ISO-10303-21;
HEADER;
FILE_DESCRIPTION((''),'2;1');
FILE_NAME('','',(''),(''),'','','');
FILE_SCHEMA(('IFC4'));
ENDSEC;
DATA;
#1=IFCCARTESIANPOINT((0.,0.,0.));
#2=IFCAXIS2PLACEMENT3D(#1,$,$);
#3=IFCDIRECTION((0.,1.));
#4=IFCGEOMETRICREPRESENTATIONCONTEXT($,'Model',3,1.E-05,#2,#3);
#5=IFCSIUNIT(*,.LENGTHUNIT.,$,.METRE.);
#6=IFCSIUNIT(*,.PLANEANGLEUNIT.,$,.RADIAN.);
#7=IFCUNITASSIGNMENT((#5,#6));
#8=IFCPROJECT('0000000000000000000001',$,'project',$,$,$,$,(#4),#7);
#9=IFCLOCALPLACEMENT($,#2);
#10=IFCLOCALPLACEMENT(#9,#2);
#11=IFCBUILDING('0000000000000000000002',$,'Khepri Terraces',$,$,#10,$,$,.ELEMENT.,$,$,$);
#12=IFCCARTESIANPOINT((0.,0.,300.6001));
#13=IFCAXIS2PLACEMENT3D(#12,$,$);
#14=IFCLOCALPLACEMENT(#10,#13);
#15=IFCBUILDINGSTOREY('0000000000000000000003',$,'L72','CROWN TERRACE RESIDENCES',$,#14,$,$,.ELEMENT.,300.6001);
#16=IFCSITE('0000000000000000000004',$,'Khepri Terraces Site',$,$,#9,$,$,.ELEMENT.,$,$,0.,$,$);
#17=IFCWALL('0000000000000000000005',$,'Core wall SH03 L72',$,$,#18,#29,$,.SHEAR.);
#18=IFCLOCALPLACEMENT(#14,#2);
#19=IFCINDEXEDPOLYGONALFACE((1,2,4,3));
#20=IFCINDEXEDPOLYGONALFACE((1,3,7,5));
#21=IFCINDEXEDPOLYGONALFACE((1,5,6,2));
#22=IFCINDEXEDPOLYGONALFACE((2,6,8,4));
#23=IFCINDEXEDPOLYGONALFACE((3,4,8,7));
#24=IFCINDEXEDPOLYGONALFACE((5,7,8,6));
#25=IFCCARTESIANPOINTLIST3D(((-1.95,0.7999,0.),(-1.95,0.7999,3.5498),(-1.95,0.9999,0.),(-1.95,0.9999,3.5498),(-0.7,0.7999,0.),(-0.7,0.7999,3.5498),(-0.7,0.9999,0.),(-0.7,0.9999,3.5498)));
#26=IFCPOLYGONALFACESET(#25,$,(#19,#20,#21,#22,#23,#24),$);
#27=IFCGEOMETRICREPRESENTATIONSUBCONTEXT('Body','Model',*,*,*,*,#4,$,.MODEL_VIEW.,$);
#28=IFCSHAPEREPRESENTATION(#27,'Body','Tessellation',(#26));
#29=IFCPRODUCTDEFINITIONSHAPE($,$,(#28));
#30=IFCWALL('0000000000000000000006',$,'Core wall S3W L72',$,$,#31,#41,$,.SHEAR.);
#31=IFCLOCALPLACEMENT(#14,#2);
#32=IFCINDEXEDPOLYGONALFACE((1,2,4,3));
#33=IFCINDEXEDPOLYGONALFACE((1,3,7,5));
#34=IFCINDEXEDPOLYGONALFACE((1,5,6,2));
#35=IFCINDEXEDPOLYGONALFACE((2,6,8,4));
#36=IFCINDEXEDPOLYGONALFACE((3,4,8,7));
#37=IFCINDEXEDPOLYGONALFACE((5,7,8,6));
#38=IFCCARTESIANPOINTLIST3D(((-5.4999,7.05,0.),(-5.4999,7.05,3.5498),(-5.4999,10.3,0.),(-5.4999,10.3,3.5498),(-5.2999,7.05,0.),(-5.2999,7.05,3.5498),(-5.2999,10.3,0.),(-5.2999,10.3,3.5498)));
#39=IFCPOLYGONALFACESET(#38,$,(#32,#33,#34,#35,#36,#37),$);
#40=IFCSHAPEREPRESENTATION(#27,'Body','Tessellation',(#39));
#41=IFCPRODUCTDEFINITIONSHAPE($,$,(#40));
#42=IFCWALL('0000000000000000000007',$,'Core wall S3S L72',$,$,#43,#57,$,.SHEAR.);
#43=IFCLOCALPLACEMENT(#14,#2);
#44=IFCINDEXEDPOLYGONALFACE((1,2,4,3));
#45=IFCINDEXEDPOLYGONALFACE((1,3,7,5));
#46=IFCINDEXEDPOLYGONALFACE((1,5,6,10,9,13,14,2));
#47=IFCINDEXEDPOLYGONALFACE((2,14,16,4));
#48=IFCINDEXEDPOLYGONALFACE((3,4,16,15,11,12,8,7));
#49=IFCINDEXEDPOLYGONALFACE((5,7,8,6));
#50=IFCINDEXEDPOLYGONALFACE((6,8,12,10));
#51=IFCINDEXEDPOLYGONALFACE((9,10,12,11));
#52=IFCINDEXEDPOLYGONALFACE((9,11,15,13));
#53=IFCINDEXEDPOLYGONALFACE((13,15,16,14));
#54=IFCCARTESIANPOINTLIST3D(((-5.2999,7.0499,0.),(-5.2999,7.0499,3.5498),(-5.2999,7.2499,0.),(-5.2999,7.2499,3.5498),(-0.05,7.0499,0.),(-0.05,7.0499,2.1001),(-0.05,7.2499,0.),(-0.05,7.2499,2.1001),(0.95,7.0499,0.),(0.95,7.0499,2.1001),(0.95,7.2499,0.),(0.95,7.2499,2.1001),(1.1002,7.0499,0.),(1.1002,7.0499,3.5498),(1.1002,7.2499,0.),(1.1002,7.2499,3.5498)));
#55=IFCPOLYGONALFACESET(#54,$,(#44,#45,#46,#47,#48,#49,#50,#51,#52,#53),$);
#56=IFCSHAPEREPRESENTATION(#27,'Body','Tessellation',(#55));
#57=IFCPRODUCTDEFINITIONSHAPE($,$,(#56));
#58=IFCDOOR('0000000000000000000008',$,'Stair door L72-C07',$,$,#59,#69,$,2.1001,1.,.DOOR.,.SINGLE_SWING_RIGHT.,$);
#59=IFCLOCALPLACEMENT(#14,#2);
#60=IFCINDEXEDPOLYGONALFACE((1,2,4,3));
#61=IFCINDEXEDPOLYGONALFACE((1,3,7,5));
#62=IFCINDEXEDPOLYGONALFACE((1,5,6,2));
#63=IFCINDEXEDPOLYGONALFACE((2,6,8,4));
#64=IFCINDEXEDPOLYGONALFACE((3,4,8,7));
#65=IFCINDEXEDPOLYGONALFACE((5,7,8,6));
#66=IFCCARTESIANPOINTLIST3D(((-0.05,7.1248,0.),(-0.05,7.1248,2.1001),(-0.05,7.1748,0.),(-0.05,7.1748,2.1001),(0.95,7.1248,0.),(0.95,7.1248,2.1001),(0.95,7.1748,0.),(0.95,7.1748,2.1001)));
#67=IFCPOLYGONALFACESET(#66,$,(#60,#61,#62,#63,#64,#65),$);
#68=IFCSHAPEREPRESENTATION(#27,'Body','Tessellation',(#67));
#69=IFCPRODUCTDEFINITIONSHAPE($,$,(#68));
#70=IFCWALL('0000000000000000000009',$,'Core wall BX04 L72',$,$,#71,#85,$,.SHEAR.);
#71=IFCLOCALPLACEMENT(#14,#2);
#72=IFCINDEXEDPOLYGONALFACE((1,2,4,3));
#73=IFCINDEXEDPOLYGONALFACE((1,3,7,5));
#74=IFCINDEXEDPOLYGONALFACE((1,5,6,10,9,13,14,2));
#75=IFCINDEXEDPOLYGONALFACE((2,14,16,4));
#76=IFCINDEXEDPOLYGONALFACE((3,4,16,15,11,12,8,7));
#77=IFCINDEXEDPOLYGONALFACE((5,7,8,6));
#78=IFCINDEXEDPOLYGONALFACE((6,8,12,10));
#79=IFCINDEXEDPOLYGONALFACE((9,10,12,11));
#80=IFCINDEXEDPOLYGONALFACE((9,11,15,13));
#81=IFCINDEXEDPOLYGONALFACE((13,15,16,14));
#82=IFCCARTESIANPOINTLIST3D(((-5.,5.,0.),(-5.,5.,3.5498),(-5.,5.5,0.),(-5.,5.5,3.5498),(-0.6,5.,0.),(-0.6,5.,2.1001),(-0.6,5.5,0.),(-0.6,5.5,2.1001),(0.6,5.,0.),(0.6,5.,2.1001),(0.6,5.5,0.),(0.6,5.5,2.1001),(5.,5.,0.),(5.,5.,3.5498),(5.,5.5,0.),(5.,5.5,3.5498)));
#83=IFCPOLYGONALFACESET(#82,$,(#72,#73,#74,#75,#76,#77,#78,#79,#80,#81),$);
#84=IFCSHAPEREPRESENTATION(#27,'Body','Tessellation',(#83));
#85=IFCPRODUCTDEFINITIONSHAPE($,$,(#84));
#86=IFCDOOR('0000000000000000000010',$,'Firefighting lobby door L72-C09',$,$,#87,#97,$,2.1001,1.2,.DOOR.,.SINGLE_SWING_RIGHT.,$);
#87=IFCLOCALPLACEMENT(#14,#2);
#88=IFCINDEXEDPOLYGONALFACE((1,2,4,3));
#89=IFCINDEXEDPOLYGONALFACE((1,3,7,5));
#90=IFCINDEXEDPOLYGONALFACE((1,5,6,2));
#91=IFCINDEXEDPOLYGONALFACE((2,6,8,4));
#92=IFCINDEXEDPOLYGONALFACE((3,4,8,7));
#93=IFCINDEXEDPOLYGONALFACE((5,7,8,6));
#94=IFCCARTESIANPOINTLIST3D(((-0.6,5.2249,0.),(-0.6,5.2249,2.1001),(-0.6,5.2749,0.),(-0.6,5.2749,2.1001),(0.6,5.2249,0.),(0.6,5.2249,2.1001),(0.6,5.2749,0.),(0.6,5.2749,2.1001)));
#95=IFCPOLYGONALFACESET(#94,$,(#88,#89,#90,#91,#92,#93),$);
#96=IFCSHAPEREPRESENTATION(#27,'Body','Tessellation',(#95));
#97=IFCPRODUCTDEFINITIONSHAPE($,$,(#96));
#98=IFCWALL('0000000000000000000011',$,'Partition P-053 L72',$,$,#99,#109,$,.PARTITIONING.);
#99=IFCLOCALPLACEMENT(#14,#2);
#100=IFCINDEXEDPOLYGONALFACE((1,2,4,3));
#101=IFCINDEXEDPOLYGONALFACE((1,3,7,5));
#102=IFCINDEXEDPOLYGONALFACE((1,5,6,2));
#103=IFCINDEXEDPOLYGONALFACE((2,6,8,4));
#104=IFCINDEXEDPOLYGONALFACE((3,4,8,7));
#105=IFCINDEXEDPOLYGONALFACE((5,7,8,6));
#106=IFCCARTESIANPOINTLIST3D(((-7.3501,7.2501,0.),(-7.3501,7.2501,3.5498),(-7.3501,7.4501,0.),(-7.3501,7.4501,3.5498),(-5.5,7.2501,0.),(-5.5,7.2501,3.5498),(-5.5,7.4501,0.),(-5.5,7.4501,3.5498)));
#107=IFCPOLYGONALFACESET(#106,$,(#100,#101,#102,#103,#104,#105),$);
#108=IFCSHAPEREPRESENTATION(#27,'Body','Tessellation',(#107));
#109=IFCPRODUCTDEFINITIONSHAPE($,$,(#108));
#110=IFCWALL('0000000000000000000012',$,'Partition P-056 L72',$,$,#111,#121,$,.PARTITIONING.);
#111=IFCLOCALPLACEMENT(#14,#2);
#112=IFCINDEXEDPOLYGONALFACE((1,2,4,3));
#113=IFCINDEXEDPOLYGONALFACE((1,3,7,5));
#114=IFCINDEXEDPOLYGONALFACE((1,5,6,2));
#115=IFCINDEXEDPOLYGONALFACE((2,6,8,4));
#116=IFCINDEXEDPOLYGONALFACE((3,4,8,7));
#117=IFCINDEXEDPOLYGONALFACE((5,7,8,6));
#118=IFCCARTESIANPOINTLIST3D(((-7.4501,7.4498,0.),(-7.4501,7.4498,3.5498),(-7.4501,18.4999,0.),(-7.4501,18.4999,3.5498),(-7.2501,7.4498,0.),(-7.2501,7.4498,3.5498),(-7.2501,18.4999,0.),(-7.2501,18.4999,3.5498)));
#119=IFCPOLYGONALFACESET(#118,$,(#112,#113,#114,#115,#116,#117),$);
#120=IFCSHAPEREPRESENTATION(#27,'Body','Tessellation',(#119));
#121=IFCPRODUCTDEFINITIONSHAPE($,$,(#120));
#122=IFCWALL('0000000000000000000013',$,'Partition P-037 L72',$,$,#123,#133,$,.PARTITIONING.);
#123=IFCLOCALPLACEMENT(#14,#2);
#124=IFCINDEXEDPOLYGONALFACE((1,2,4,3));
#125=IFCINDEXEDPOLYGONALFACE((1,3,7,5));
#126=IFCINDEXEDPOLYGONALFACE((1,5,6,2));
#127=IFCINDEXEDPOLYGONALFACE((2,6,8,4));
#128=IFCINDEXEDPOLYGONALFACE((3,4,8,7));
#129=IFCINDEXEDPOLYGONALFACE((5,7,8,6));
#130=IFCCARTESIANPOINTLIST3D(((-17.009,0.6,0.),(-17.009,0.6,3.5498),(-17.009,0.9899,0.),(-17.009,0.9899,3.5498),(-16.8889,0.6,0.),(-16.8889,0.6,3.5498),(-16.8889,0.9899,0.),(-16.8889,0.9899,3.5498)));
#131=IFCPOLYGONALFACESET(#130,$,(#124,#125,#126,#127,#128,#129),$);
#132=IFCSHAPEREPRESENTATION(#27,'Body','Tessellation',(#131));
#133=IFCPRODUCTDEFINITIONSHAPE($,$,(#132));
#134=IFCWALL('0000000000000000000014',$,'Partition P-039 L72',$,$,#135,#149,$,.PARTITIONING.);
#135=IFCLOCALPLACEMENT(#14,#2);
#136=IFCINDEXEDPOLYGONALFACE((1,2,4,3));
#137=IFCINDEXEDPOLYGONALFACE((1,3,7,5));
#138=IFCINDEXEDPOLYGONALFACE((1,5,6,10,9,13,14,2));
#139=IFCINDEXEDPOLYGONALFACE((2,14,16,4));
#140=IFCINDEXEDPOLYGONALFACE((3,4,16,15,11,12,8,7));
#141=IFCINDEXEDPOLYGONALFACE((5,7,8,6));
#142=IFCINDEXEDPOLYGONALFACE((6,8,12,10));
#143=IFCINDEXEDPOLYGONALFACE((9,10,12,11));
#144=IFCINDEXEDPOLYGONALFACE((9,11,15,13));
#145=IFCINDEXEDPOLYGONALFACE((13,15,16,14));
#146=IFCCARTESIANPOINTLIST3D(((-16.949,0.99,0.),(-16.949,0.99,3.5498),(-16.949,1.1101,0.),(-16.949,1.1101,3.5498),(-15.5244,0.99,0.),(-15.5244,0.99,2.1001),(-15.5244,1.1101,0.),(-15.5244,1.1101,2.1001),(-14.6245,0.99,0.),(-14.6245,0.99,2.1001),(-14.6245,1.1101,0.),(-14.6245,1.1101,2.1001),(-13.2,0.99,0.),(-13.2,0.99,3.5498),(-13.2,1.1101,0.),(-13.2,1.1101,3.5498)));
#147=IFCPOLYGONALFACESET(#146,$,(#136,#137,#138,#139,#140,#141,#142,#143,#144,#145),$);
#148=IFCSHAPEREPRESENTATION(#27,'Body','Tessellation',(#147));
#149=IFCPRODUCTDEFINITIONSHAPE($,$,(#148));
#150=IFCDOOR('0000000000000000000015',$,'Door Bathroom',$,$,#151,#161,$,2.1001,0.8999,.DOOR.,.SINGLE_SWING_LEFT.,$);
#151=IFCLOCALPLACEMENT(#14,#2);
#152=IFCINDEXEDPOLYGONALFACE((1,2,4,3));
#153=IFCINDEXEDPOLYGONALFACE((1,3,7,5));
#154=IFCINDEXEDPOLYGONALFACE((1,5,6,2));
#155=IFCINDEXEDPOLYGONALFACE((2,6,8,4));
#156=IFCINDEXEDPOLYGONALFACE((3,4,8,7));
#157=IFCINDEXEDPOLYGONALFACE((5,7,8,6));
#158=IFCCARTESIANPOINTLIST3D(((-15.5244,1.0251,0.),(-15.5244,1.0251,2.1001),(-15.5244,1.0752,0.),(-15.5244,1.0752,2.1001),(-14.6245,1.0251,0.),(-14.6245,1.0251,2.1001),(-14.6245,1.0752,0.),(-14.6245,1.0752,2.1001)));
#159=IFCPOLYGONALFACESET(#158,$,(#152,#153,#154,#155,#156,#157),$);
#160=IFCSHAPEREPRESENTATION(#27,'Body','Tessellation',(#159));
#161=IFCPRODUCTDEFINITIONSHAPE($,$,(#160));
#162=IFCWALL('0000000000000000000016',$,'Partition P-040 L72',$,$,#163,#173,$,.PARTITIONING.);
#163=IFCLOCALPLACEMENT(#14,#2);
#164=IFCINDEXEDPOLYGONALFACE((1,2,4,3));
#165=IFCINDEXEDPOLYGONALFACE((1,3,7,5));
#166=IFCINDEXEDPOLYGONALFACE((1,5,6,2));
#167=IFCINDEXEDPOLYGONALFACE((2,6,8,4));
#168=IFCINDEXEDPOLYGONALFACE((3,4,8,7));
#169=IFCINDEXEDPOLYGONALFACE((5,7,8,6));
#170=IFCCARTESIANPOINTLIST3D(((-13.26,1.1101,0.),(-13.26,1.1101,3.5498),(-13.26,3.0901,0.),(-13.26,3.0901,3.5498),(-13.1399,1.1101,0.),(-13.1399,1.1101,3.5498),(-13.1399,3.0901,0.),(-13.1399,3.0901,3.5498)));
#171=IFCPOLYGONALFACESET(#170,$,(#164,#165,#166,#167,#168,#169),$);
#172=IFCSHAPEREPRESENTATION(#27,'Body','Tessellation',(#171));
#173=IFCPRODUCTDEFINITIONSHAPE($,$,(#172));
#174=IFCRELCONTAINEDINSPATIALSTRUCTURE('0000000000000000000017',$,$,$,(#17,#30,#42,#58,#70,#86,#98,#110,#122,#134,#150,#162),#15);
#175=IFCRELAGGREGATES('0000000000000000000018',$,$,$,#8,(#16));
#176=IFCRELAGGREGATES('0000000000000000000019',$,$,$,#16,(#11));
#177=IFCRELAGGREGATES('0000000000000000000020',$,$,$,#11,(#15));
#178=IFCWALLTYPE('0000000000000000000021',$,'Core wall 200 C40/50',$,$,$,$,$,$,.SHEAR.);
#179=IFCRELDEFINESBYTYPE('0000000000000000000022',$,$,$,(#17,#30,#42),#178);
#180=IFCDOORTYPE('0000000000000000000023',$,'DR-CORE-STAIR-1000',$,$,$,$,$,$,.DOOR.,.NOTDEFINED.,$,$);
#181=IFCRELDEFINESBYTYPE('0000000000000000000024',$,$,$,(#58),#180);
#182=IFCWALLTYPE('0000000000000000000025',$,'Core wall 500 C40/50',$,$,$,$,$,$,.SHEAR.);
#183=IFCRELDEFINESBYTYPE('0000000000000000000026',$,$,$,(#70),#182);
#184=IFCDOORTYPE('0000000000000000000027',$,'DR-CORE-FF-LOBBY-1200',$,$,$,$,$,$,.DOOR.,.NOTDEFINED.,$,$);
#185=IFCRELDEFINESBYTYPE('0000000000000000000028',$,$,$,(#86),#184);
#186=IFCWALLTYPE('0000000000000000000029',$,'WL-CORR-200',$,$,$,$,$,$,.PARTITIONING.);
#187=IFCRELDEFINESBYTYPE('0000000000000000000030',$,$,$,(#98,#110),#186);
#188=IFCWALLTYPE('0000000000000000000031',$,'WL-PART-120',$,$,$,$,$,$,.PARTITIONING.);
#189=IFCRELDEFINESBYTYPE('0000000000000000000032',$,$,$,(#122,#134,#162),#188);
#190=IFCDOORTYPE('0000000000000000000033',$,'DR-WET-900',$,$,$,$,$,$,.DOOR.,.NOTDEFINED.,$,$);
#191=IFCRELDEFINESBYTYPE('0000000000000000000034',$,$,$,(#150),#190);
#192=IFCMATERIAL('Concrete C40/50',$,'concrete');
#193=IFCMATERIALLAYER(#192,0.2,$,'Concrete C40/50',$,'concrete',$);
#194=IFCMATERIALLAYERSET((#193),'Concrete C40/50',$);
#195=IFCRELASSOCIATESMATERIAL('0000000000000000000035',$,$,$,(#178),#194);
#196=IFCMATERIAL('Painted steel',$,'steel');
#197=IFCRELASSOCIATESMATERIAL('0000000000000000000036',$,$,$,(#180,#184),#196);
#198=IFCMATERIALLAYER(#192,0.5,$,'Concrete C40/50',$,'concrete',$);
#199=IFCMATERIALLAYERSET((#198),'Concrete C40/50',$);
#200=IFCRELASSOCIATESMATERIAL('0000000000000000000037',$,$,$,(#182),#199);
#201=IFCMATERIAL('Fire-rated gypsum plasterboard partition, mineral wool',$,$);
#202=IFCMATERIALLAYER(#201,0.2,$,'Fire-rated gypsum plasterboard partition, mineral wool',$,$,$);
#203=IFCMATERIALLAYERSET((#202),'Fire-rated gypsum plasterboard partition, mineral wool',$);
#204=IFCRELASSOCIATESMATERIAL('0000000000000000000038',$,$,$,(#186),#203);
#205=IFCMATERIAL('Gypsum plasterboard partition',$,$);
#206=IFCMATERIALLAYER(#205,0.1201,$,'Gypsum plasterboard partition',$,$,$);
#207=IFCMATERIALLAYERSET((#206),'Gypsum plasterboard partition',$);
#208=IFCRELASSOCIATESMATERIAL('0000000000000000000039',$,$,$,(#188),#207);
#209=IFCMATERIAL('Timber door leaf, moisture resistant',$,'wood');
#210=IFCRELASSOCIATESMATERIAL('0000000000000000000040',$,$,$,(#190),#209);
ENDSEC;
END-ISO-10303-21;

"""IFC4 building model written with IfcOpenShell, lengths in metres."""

from ifc_helpers import new_model, si_unit, direction, frame, frame_2d, origin, place, context, subcontext, project, spatial, rectangle, extrude, material, layer, layer_set, type_object, element, fill, save


model = new_model("IFC4")

# Units and contexts
model_context = context("Model", 3, precision=1e-05, world=origin(), true_north=direction((0.0, 1.0)))
body_context = subcontext(model_context, "Body", "Model", "MODEL_VIEW")
ifc_project = project(units=[si_unit("LENGTHUNIT", "METRE"), si_unit("PLANEANGLEUNIT", "RADIAN")], contexts=[model_context])

# Site, building, storey
site_placement = place(None, origin())
site = spatial("IfcSite", under=ifc_project, at=site_placement, Name="Khepri Terraces Site", CompositionType="ELEMENT", RefElevation=0.0)
building_placement = place(site_placement, origin())
building = spatial("IfcBuilding", under=site, at=building_placement, Name="Khepri Terraces", CompositionType="ELEMENT")
storey_placement = place(building_placement, frame((0.0, 0.0, 300.6001)))
storey = spatial("IfcBuildingStorey", under=building, at=storey_placement, Name="L72", Description="CROWN TERRACE RESIDENCES", CompositionType="ELEMENT", Elevation=300.6001)

# Walls
ifc_material_1 = material(Name="Concrete C40/50", Category="concrete")
ifc_layer_1 = layer(ifc_material_1, 0.2, Name="Concrete C40/50", Category="concrete")
ifc_layer_set_1 = layer_set([ifc_layer_1], Name="Concrete C40/50")
wall_type_1 = type_object("IfcWallType", Name="Core wall 200 C40/50", PredefinedType="SHEAR", material=ifc_layer_set_1)
wall_1_placement = place(storey_placement, frame((-1.95, 0.8999, 0.0), z_axis=(0.0, 0.0, 1.0), x_axis=(1.0, 0.0, 0.0)))
element("IfcWall", 1, at=wall_1_placement, inside=storey, type_object=wall_type_1, Name="Core wall SH03 L72", PredefinedType="SHEAR", context=body_context, shape_type="SweptSolid", body=[
    extrude(rectangle(XDim=1.25, YDim=0.2, at=frame_2d((0.625, 0.0))), origin(), (0.0, 0.0, 1.0), 3.5498),
])
wall_2_placement = place(storey_placement, frame((-5.3999, 7.05, 0.0), z_axis=(0.0, 0.0, 1.0), x_axis=(0.0, 1.0, 0.0)))
element("IfcWall", 2, at=wall_2_placement, inside=storey, type_object=wall_type_1, Name="Core wall S3W L72", PredefinedType="SHEAR", context=body_context, shape_type="SweptSolid", body=[
    extrude(rectangle(XDim=3.25, YDim=0.2, at=frame_2d((1.625, 0.0))), origin(), (0.0, 0.0, 1.0), 3.5498),
])

# Walls, openings, doors
wall_3_placement = place(storey_placement, frame((-5.3, 7.1499, 0.0), z_axis=(0.0, 0.0, 1.0), x_axis=(1.0, 0.0, 0.0)))
wall_3 = element("IfcWall", 3, at=wall_3_placement, inside=storey, type_object=wall_type_1, Name="Core wall S3S L72", PredefinedType="SHEAR", context=body_context, shape_type="SweptSolid", body=[
    extrude(rectangle(XDim=6.4001, YDim=0.2, at=frame_2d((3.2002, 0.0))), origin(), (0.0, 0.0, 1.0), 3.5498),
])
opening_1_placement = place(wall_3_placement, frame((5.25, 0.0, 0.0)))
opening_1 = element("IfcOpeningElement", 4, at=opening_1_placement, cuts=wall_3, PredefinedType="OPENING", context=body_context, shape_type="SweptSolid", body=[
    extrude(rectangle(XDim=1.0, YDim=2.1001, at=frame_2d((0.5, 1.05))), frame((0.0, 0.1099, 0.0), z_axis=(0.0, -1.0, 0.0), x_axis=(1.0, 0.0, 0.0)), (0.0, 0.0, 1.0), 0.22),
])
ifc_material_2 = material(Name="Painted steel", Category="steel")
door_type_1 = type_object("IfcDoorType", Name="DR-CORE-STAIR-1000", OperationType="NOTDEFINED", PredefinedType="DOOR", material=ifc_material_2)
door_1_placement = place(opening_1_placement, origin())
door_1 = element("IfcDoor", 5, at=door_1_placement, inside=storey, type_object=door_type_1, Name="Stair door L72-C07", OperationType="SINGLE_SWING_RIGHT", OverallHeight=2.1001, OverallWidth=1.0, PredefinedType="DOOR", context=body_context, shape_type="SweptSolid", body=[
    extrude(rectangle(XDim=1.0, YDim=2.1001, at=frame_2d((0.5, 1.05))), frame((0.0, 0.0249, 0.0), z_axis=(0.0, -1.0, 0.0), x_axis=(1.0, 0.0, 0.0)), (0.0, 0.0, 1.0), 0.05),
])
fill(opening_1, door_1)
ifc_layer_2 = layer(ifc_material_1, 0.5, Name="Concrete C40/50", Category="concrete")
ifc_layer_set_2 = layer_set([ifc_layer_2], Name="Concrete C40/50")
wall_type_2 = type_object("IfcWallType", Name="Core wall 500 C40/50", PredefinedType="SHEAR", material=ifc_layer_set_2)
wall_4_placement = place(storey_placement, frame((-5.0, 5.25, 0.0), z_axis=(0.0, 0.0, 1.0), x_axis=(1.0, 0.0, 0.0)))
wall_4 = element("IfcWall", 6, at=wall_4_placement, inside=storey, type_object=wall_type_2, Name="Core wall BX04 L72", PredefinedType="SHEAR", context=body_context, shape_type="SweptSolid", body=[
    extrude(rectangle(XDim=10.0, YDim=0.5, at=frame_2d((5.0, 0.0))), origin(), (0.0, 0.0, 1.0), 3.5498),
])
opening_2_placement = place(wall_4_placement, frame((4.3999, 0.0, 0.0)))
opening_2 = element("IfcOpeningElement", 7, at=opening_2_placement, cuts=wall_4, PredefinedType="OPENING", context=body_context, shape_type="SweptSolid", body=[
    extrude(rectangle(XDim=1.2, YDim=2.1001, at=frame_2d((0.6001, 1.05))), frame((0.0, 0.26, 0.0), z_axis=(0.0, -1.0, 0.0), x_axis=(1.0, 0.0, 0.0)), (0.0, 0.0, 1.0), 0.52),
])
door_type_2 = type_object("IfcDoorType", Name="DR-CORE-FF-LOBBY-1200", OperationType="NOTDEFINED", PredefinedType="DOOR", material=ifc_material_2)
door_2_placement = place(opening_2_placement, origin())
door_2 = element("IfcDoor", 8, at=door_2_placement, inside=storey, type_object=door_type_2, Name="Firefighting lobby door L72-C09", OperationType="SINGLE_SWING_RIGHT", OverallHeight=2.1001, OverallWidth=1.2, PredefinedType="DOOR", context=body_context, shape_type="SweptSolid", body=[
    extrude(rectangle(XDim=1.2, YDim=2.1001, at=frame_2d((0.6001, 1.05))), frame((0.0, 0.0249, 0.0), z_axis=(0.0, -1.0, 0.0), x_axis=(1.0, 0.0, 0.0)), (0.0, 0.0, 1.0), 0.05),
])
fill(opening_2, door_2)

# Walls
ifc_material_3 = material(Name="Fire-rated gypsum plasterboard partition, mineral wool")
ifc_layer_3 = layer(ifc_material_3, 0.2, Name="Fire-rated gypsum plasterboard partition, mineral wool")
ifc_layer_set_3 = layer_set([ifc_layer_3], Name="Fire-rated gypsum plasterboard partition, mineral wool")
wall_type_3 = type_object("IfcWallType", Name="WL-CORR-200", PredefinedType="PARTITIONING", material=ifc_layer_set_3)
wall_5_placement = place(storey_placement, frame((-7.3501, 7.3501, 0.0), z_axis=(0.0, 0.0, 1.0), x_axis=(1.0, 0.0, 0.0)))
element("IfcWall", 9, at=wall_5_placement, inside=storey, type_object=wall_type_3, Name="Partition P-053 L72", PredefinedType="PARTITIONING", context=body_context, shape_type="SweptSolid", body=[
    extrude(rectangle(XDim=1.8501, YDim=0.2, at=frame_2d((0.925, 0.0))), origin(), (0.0, 0.0, 1.0), 3.5498),
])
wall_6_placement = place(storey_placement, frame((-7.3501, 7.45, 0.0), z_axis=(0.0, 0.0, 1.0), x_axis=(0.0, 1.0, 0.0)))
element("IfcWall", 10, at=wall_6_placement, inside=storey, type_object=wall_type_3, Name="Partition P-056 L72", PredefinedType="PARTITIONING", context=body_context, shape_type="SweptSolid", body=[
    extrude(rectangle(XDim=11.05, YDim=0.2, at=frame_2d((5.5249, 0.0))), origin(), (0.0, 0.0, 1.0), 3.5498),
])
ifc_material_4 = material(Name="Gypsum plasterboard partition")
ifc_layer_4 = layer(ifc_material_4, 0.1201, Name="Gypsum plasterboard partition")
ifc_layer_set_4 = layer_set([ifc_layer_4], Name="Gypsum plasterboard partition")
wall_type_4 = type_object("IfcWallType", Name="WL-PART-120", PredefinedType="PARTITIONING", material=ifc_layer_set_4)
wall_7_placement = place(storey_placement, frame((-16.949, 0.6001, 0.0), z_axis=(0.0, 0.0, 1.0), x_axis=(0.0, 1.0, 0.0)))
element("IfcWall", 11, at=wall_7_placement, inside=storey, type_object=wall_type_4, Name="Partition P-037 L72", PredefinedType="PARTITIONING", context=body_context, shape_type="SweptSolid", body=[
    extrude(rectangle(XDim=0.3899, YDim=0.1201, at=frame_2d((0.1948, 0.0))), origin(), (0.0, 0.0, 1.0), 3.5498),
])

# Wall, opening, door
wall_8_placement = place(storey_placement, frame((-16.949, 1.05, 0.0), z_axis=(0.0, 0.0, 1.0), x_axis=(1.0, 0.0, 0.0)))
wall_8 = element("IfcWall", 12, at=wall_8_placement, inside=storey, type_object=wall_type_4, Name="Partition P-039 L72", PredefinedType="PARTITIONING", context=body_context, shape_type="SweptSolid", body=[
    extrude(rectangle(XDim=3.749, YDim=0.1201, at=frame_2d((1.8745, 0.0))), origin(), (0.0, 0.0, 1.0), 3.5498),
])
opening_3_placement = place(wall_8_placement, frame((1.4246, 0.0, 0.0)))
opening_3 = element("IfcOpeningElement", 13, at=opening_3_placement, cuts=wall_8, PredefinedType="OPENING", context=body_context, shape_type="SweptSolid", body=[
    extrude(rectangle(XDim=0.8999, YDim=2.1001, at=frame_2d((0.45, 1.05))), frame((0.0, 0.0701, 0.0), z_axis=(0.0, -1.0, 0.0), x_axis=(1.0, 0.0, 0.0)), (0.0, 0.0, 1.0), 0.1401),
])
ifc_material_5 = material(Name="Timber door leaf, moisture resistant", Category="wood")
door_type_3 = type_object("IfcDoorType", Name="DR-WET-900", OperationType="NOTDEFINED", PredefinedType="DOOR", material=ifc_material_5)
door_3_placement = place(opening_3_placement, frame((0.8999, 0.0, 0.0), z_axis=(0.0, 0.0, 1.0), x_axis=(-1.0, 0.0, 0.0)))
door_3 = element("IfcDoor", 14, at=door_3_placement, inside=storey, type_object=door_type_3, Name="Door Bathroom", OperationType="SINGLE_SWING_LEFT", OverallHeight=2.1001, OverallWidth=0.8999, PredefinedType="DOOR", context=body_context, shape_type="SweptSolid", body=[
    extrude(rectangle(XDim=0.8999, YDim=2.1001, at=frame_2d((0.45, 1.05))), frame((0.0, 0.0249, 0.0), z_axis=(0.0, -1.0, 0.0), x_axis=(1.0, 0.0, 0.0)), (0.0, 0.0, 1.0), 0.05),
])
fill(opening_3, door_3)

# Wall
wall_9_placement = place(storey_placement, frame((-13.2, 1.1101, 0.0), z_axis=(0.0, 0.0, 1.0), x_axis=(0.0, 1.0, 0.0)))
element("IfcWall", 15, at=wall_9_placement, inside=storey, type_object=wall_type_4, Name="Partition P-040 L72", PredefinedType="PARTITIONING", context=body_context, shape_type="SweptSolid", body=[
    extrude(rectangle(XDim=1.98, YDim=0.1201, at=frame_2d((0.99, 0.0))), origin(), (0.0, 0.0, 1.0), 3.5498),
])

save(model, "model.ifc")
